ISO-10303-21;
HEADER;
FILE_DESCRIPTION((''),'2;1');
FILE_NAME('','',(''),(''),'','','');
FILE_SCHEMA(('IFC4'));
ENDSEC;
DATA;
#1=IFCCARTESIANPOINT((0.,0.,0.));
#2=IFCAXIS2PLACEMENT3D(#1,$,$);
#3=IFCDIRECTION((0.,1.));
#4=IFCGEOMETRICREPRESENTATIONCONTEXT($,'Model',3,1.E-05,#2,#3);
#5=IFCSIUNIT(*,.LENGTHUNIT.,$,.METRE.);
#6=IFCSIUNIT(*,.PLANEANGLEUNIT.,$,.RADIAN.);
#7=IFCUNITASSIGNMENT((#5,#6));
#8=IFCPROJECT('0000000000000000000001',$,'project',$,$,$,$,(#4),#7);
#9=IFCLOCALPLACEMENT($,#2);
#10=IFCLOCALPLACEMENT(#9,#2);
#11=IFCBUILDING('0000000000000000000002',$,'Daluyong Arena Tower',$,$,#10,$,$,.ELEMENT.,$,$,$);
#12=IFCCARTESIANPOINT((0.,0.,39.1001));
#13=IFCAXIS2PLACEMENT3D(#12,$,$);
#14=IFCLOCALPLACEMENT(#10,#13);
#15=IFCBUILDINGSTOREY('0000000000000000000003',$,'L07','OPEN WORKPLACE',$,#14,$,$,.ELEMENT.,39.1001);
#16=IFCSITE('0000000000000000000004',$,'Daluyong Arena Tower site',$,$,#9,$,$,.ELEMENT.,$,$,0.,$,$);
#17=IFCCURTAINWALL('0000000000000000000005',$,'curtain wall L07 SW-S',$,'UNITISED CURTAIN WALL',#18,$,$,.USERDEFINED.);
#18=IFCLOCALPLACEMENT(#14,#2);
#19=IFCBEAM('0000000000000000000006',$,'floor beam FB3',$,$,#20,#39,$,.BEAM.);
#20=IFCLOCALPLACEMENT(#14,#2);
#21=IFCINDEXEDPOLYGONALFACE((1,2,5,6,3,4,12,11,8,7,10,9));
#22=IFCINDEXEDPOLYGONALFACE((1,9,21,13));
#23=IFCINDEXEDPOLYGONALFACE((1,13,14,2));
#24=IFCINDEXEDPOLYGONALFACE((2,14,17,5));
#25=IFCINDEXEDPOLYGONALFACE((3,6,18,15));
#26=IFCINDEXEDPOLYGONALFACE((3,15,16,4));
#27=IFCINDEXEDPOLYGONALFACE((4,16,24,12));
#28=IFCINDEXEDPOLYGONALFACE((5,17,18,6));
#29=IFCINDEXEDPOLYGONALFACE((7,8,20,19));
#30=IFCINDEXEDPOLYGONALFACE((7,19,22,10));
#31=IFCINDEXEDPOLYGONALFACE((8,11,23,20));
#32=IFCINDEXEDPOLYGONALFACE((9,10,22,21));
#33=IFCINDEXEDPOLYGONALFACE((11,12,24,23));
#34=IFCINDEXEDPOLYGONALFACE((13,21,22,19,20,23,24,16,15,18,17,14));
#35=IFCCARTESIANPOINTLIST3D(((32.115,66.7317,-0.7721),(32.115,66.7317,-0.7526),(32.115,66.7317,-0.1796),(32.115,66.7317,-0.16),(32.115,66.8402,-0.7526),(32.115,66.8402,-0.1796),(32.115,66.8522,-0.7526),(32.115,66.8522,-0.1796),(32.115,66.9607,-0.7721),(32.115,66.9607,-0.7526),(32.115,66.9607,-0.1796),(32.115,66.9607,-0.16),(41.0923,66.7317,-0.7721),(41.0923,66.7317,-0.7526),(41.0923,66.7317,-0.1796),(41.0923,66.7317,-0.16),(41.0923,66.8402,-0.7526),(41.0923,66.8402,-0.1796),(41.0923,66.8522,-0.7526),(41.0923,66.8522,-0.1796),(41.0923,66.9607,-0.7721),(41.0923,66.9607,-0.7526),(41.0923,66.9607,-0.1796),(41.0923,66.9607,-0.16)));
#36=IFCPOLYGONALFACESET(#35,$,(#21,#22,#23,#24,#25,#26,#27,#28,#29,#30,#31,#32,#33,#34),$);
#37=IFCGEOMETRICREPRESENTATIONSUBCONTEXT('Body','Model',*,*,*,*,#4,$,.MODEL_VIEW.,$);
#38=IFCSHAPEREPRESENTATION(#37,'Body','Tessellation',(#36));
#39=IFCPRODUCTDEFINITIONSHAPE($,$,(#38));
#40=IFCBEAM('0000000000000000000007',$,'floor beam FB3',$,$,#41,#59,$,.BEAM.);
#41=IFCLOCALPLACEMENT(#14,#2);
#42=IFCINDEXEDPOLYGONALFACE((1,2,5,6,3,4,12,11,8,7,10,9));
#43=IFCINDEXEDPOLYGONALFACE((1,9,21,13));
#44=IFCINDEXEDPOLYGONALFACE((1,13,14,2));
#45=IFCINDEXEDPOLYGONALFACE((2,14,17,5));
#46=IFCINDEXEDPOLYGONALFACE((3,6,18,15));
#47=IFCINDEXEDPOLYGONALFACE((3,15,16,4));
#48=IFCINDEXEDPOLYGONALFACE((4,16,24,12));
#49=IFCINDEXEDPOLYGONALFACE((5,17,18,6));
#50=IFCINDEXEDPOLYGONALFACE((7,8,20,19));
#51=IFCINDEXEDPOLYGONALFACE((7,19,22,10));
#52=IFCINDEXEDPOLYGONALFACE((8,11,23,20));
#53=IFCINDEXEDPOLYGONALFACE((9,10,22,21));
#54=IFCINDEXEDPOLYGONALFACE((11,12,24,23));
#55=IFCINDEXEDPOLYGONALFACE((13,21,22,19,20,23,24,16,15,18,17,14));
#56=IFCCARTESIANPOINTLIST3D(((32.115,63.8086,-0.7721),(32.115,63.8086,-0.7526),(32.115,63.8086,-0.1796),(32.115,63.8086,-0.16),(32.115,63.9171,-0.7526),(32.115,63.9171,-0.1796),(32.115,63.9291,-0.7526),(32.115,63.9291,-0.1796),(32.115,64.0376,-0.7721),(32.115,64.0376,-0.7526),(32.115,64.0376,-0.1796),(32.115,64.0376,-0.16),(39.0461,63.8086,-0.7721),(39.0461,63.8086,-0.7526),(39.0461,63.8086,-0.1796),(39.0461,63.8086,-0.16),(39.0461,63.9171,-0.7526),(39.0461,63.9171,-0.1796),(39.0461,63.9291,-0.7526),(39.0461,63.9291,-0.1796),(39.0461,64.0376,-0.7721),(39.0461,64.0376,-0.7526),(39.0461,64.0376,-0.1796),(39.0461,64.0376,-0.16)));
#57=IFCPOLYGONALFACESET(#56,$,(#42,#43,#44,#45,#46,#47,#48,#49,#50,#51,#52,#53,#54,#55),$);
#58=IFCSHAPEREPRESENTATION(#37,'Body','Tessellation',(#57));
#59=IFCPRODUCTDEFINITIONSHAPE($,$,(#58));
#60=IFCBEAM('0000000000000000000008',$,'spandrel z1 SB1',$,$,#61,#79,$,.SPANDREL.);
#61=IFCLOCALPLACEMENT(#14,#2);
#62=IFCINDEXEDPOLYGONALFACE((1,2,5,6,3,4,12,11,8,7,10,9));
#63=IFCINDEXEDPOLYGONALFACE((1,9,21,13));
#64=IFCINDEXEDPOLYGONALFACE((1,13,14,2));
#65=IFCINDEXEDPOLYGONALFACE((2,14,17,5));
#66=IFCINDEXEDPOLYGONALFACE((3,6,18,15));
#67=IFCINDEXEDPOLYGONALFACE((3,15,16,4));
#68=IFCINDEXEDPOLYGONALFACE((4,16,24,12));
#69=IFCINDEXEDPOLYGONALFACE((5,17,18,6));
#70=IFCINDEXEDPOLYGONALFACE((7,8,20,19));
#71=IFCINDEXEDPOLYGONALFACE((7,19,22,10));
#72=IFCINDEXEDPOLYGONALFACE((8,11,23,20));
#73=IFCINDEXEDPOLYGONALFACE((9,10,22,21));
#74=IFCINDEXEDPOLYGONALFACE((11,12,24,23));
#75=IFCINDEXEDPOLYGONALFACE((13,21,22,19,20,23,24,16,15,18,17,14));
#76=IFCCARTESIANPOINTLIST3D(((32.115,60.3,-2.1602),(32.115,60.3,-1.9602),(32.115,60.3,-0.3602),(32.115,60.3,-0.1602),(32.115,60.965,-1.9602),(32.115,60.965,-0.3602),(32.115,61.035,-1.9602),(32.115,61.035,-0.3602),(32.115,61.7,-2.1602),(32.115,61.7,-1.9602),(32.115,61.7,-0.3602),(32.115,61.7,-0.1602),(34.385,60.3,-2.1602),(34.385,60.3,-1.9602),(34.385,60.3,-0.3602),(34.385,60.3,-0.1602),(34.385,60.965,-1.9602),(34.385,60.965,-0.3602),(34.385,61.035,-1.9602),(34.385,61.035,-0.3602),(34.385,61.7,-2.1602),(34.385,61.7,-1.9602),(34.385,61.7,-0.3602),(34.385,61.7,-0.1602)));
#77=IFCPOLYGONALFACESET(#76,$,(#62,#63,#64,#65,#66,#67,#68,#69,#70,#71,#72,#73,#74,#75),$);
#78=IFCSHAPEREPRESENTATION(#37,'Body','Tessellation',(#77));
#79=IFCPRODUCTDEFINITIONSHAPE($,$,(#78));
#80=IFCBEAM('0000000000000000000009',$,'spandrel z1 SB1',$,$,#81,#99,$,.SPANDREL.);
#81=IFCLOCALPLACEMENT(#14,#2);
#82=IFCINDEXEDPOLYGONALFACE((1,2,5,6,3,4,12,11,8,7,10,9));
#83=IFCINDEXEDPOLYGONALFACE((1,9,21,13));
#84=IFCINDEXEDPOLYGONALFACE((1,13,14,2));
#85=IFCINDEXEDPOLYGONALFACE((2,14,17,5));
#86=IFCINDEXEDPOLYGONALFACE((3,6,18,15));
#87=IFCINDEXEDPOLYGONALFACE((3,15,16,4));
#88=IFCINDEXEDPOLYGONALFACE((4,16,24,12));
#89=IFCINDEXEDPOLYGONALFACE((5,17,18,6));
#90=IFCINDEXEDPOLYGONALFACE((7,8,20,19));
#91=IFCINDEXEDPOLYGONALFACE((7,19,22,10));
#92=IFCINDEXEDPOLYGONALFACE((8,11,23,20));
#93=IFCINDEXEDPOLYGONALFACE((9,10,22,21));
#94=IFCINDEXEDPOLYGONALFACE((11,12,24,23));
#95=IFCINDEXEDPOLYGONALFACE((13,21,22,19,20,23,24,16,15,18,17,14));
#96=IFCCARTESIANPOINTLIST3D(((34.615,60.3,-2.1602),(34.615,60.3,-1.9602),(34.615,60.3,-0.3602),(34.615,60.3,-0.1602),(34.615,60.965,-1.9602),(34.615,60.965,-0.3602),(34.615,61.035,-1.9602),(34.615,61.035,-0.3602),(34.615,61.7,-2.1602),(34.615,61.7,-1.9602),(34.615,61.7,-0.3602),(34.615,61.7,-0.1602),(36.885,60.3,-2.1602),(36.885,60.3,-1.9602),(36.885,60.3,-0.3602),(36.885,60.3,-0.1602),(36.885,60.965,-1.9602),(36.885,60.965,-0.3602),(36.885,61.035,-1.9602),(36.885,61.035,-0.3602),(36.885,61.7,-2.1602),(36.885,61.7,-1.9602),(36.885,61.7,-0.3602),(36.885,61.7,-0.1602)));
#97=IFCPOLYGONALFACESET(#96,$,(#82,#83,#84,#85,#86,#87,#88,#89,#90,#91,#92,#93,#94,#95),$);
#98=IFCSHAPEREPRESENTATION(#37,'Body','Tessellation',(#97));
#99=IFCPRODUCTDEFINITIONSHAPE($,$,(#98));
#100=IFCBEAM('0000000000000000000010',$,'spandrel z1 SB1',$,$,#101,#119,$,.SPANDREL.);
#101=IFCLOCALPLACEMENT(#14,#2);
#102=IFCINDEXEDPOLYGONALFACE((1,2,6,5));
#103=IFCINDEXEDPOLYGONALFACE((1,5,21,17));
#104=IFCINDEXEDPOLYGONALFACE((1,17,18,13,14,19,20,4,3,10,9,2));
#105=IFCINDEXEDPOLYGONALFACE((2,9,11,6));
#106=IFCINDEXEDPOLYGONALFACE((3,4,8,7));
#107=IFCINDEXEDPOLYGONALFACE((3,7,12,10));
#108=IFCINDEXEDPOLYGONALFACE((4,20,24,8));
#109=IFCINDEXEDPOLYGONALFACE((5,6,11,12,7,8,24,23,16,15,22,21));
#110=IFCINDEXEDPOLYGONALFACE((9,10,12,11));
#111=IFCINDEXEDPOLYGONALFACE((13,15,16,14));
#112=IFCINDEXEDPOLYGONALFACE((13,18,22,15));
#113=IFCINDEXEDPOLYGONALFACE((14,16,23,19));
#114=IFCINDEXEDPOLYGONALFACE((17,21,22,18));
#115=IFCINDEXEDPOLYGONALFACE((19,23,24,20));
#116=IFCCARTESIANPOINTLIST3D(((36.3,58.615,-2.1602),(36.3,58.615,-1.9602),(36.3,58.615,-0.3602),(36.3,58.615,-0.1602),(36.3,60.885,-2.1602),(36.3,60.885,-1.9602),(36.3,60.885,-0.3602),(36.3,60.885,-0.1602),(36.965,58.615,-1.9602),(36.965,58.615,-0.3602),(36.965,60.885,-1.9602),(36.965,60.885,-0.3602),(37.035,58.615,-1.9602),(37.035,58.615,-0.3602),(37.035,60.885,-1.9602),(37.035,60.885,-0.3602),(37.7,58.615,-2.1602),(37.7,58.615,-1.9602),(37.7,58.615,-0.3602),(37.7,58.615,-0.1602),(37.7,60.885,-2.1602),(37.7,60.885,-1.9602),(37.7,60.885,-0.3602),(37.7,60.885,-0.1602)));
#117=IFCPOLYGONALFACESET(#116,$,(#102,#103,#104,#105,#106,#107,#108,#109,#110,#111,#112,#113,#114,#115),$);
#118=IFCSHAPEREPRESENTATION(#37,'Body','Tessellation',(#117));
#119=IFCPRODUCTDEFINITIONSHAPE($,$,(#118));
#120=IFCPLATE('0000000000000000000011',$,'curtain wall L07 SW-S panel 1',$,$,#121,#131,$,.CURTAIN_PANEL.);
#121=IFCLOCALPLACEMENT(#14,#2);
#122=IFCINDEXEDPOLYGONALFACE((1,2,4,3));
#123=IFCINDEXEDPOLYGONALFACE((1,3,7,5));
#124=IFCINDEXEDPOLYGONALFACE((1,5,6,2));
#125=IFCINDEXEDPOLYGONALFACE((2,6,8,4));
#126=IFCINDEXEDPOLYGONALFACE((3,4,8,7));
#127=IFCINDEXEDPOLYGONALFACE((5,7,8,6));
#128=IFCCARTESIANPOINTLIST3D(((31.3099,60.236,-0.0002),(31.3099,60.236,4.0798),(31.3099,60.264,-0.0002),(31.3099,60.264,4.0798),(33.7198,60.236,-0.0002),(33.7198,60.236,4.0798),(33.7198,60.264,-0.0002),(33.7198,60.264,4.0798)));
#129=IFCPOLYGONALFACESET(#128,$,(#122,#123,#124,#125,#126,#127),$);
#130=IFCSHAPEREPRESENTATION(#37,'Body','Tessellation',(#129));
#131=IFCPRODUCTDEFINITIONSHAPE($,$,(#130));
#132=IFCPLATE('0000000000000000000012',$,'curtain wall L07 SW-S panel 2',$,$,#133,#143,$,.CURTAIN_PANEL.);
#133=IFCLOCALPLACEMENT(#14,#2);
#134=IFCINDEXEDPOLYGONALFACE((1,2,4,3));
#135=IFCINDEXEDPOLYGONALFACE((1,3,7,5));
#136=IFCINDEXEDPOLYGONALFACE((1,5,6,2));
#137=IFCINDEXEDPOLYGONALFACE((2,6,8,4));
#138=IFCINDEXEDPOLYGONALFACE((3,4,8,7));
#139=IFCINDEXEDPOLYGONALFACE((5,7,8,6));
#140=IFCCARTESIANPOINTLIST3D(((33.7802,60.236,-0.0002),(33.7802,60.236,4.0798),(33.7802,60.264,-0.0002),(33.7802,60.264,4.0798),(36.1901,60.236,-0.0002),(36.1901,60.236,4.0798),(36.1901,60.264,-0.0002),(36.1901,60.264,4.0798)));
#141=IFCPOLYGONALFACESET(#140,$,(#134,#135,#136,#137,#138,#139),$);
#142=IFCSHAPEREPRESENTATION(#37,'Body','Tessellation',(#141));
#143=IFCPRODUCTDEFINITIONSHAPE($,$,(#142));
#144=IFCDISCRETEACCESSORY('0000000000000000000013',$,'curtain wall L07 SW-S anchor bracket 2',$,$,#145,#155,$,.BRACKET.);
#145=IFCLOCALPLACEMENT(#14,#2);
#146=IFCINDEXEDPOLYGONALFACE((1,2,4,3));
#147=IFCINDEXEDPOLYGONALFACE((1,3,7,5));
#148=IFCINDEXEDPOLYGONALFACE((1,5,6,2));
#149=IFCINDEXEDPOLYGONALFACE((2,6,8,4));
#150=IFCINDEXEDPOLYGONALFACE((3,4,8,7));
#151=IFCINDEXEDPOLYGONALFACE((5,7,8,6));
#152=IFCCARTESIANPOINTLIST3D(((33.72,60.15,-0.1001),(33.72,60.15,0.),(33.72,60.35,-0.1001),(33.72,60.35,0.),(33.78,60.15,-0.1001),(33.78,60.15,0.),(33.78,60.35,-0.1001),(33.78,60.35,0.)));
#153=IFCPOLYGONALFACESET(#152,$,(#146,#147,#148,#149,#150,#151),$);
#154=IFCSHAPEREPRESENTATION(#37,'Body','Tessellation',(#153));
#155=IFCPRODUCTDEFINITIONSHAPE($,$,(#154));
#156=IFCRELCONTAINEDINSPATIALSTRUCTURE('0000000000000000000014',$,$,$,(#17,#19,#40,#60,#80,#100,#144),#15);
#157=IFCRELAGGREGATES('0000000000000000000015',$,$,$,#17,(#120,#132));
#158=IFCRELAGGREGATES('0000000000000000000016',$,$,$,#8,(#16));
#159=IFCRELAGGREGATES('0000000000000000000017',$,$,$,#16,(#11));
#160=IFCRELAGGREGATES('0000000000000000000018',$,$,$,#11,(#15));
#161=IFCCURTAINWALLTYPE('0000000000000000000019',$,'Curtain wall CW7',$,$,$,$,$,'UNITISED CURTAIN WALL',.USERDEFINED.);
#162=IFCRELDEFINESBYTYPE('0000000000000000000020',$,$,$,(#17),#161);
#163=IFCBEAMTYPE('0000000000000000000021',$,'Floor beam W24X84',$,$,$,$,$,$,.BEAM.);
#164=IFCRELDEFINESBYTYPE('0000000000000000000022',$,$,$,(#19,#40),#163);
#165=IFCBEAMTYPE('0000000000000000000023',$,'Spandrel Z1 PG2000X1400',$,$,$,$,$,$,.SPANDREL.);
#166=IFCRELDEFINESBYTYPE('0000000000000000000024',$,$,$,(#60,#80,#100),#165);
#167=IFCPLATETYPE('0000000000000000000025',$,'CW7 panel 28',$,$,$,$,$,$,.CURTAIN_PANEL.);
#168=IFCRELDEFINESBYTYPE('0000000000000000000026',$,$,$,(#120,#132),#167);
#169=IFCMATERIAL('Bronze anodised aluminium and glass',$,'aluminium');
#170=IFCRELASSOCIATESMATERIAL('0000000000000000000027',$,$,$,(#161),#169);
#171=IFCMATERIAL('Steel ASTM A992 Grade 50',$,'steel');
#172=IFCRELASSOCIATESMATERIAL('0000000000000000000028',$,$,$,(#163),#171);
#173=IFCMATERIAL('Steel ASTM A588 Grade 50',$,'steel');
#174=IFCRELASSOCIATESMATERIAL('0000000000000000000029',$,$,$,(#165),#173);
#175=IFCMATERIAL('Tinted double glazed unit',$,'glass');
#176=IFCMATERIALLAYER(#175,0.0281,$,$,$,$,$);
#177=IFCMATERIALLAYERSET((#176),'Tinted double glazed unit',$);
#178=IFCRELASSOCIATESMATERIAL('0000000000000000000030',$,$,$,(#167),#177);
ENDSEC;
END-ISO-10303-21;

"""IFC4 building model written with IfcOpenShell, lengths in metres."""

from ifc_helpers import new_model, si_unit, direction, frame, origin, origin_2d, place, context, subcontext, project, spatial, rectangle, i_section, extrude, material, layer, layer_set, material_profile, profile_set, type_object, element, aggregate, save


model = new_model("IFC4")

# Units and contexts
model_context = context("Model", 3, precision=1e-05, world=origin(), true_north=direction((0.0, 1.0)))
body_context = subcontext(model_context, "Body", "Model", "MODEL_VIEW")
ifc_project = project(units=[si_unit("LENGTHUNIT", "METRE"), si_unit("PLANEANGLEUNIT", "RADIAN")], contexts=[model_context])

# Site, building, storey
site_placement = place(None, origin())
site = spatial("IfcSite", under=ifc_project, at=site_placement, Name="Daluyong Arena Tower site", CompositionType="ELEMENT", RefElevation=0.0)
building_placement = place(site_placement, origin())
building = spatial("IfcBuilding", under=site, at=building_placement, Name="Daluyong Arena Tower", CompositionType="ELEMENT")
storey_placement = place(building_placement, frame((0.0, 0.0, 39.1001)))
storey = spatial("IfcBuildingStorey", under=building, at=storey_placement, Name="L07", Description="OPEN WORKPLACE", CompositionType="ELEMENT", Elevation=39.1001)

# Curtain wall
ifc_material_1 = material(Name="Bronze anodised aluminium and glass", Category="aluminium")
curtain_wall_type = type_object("IfcCurtainWallType", Name="Curtain wall CW7", ElementType="UNITISED CURTAIN WALL", PredefinedType="USERDEFINED", material=ifc_material_1)
curtain_wall_1_placement = place(storey_placement, origin())
curtain_wall_1 = element("IfcCurtainWall", 1, at=curtain_wall_1_placement, inside=storey, type_object=curtain_wall_type, Name="curtain wall L07 SW-S", ObjectType="UNITISED CURTAIN WALL", PredefinedType="USERDEFINED")

# Beams
ifc_material_2 = material(Name="Steel ASTM A992 Grade 50", Category="steel")
ifc_material_profile_1 = material_profile(ifc_material_2, i_section(OverallWidth=0.229, OverallDepth=0.6121, WebThickness=0.012, FlangeThickness=0.0195, at=origin_2d()))
ifc_profile_set_1 = profile_set([ifc_material_profile_1], Name="Steel ASTM A992 Grade 50")
beam_type_1 = type_object("IfcBeamType", Name="Floor beam W24X84", PredefinedType="BEAM", material=ifc_profile_set_1)
beam_1_placement = place(storey_placement, frame((32.115, 66.8462, -0.4661), z_axis=(1.0, 0.0, 0.0), x_axis=(0.0, 1.0, 0.0)))
element("IfcBeam", 2, at=beam_1_placement, inside=storey, type_object=beam_type_1, Name="floor beam FB3", PredefinedType="BEAM", context=body_context, shape_type="SweptSolid", body=[
    extrude(i_section(OverallWidth=0.229, OverallDepth=0.6121, WebThickness=0.012, FlangeThickness=0.0195, at=origin_2d()), origin(), (0.0, 0.0, 1.0), 8.9773),
])
beam_2_placement = place(storey_placement, frame((32.115, 63.9231, -0.4661), z_axis=(1.0, 0.0, 0.0), x_axis=(0.0, 1.0, 0.0)))
element("IfcBeam", 3, at=beam_2_placement, inside=storey, type_object=beam_type_1, Name="floor beam FB3", PredefinedType="BEAM", context=body_context, shape_type="SweptSolid", body=[
    extrude(i_section(OverallWidth=0.229, OverallDepth=0.6121, WebThickness=0.012, FlangeThickness=0.0195, at=origin_2d()), origin(), (0.0, 0.0, 1.0), 6.9312),
])
ifc_material_3 = material(Name="Steel ASTM A588 Grade 50", Category="steel")
ifc_material_profile_2 = material_profile(ifc_material_3, i_section(OverallWidth=1.3999, OverallDepth=2.0, WebThickness=0.07, FlangeThickness=0.2, at=origin_2d()))
ifc_profile_set_2 = profile_set([ifc_material_profile_2], Name="Steel ASTM A588 Grade 50")
beam_type_2 = type_object("IfcBeamType", Name="Spandrel Z1 PG2000X1400", PredefinedType="SPANDREL", material=ifc_profile_set_2)
for number, where, z_axis, x_axis, name in (
    (4, (32.115, 61.0, -1.1602), (1.0, 0.0, 0.0), (0.0, 1.0, 0.0), "spandrel z1 SB1"),
    (5, (34.615, 61.0, -1.1602), (1.0, 0.0, 0.0), (0.0, 1.0, 0.0), "spandrel z1 SB1"),
    (6, (37.0, 60.885, -1.1602), (0.0, -1.0, 0.0), (1.0, 0.0, 0.0), "spandrel z1 SB1"),
):
    element("IfcBeam", number, at=place(storey_placement, frame(where, z_axis=z_axis, x_axis=x_axis)), inside=storey, type_object=beam_type_2, Name=name, PredefinedType="SPANDREL", context=body_context, shape_type="SweptSolid", body=[
        extrude(i_section(OverallWidth=1.3999, OverallDepth=2.0, WebThickness=0.07, FlangeThickness=0.2, at=origin_2d()), origin(), (0.0, 0.0, 1.0), 2.27),
    ])

# Plates
ifc_material_4 = material(Name="Tinted double glazed unit", Category="glass")
ifc_layer = layer(ifc_material_4, 0.0281)
ifc_layer_set = layer_set([ifc_layer], Name="Tinted double glazed unit")
plate_type = type_object("IfcPlateType", Name="CW7 panel 28", PredefinedType="CURTAIN_PANEL", material=ifc_layer_set)
plate_1_placement = place(storey_placement, frame((32.5149, 60.25, -0.0002), z_axis=(0.0, 0.0, 1.0), x_axis=(1.0, 0.0, 0.0)))
plate_1 = element("IfcPlate", 7, at=plate_1_placement, type_object=plate_type, Name="curtain wall L07 SW-S panel 1", PredefinedType="CURTAIN_PANEL", context=body_context, shape_type="SweptSolid", body=[
    extrude(rectangle(XDim=2.4099, YDim=0.0281, at=origin_2d()), origin(), (0.0, 0.0, 1.0), 4.0801),
])
plate_2_placement = place(storey_placement, frame((34.9851, 60.25, -0.0002), z_axis=(0.0, 0.0, 1.0), x_axis=(1.0, 0.0, 0.0)))
plate_2 = element("IfcPlate", 8, at=plate_2_placement, type_object=plate_type, Name="curtain wall L07 SW-S panel 2", PredefinedType="CURTAIN_PANEL", context=body_context, shape_type="SweptSolid", body=[
    extrude(rectangle(XDim=2.4099, YDim=0.0281, at=origin_2d()), origin(), (0.0, 0.0, 1.0), 4.0801),
])
aggregate(curtain_wall_1, [plate_1, plate_2])

# Discrete accessory
discrete_accessory_placement = place(storey_placement, frame((33.75, 60.25, -0.1001), z_axis=(0.0, 0.0, 1.0), x_axis=(1.0, 0.0, 0.0)))
element("IfcDiscreteAccessory", 9, at=discrete_accessory_placement, inside=storey, Name="curtain wall L07 SW-S anchor bracket 2", PredefinedType="BRACKET", context=body_context, shape_type="SweptSolid", body=[
    extrude(rectangle(XDim=0.0601, YDim=0.2, at=origin_2d()), origin(), (0.0, 0.0, 1.0), 0.1001),
])

save(model, "model.ifc")
